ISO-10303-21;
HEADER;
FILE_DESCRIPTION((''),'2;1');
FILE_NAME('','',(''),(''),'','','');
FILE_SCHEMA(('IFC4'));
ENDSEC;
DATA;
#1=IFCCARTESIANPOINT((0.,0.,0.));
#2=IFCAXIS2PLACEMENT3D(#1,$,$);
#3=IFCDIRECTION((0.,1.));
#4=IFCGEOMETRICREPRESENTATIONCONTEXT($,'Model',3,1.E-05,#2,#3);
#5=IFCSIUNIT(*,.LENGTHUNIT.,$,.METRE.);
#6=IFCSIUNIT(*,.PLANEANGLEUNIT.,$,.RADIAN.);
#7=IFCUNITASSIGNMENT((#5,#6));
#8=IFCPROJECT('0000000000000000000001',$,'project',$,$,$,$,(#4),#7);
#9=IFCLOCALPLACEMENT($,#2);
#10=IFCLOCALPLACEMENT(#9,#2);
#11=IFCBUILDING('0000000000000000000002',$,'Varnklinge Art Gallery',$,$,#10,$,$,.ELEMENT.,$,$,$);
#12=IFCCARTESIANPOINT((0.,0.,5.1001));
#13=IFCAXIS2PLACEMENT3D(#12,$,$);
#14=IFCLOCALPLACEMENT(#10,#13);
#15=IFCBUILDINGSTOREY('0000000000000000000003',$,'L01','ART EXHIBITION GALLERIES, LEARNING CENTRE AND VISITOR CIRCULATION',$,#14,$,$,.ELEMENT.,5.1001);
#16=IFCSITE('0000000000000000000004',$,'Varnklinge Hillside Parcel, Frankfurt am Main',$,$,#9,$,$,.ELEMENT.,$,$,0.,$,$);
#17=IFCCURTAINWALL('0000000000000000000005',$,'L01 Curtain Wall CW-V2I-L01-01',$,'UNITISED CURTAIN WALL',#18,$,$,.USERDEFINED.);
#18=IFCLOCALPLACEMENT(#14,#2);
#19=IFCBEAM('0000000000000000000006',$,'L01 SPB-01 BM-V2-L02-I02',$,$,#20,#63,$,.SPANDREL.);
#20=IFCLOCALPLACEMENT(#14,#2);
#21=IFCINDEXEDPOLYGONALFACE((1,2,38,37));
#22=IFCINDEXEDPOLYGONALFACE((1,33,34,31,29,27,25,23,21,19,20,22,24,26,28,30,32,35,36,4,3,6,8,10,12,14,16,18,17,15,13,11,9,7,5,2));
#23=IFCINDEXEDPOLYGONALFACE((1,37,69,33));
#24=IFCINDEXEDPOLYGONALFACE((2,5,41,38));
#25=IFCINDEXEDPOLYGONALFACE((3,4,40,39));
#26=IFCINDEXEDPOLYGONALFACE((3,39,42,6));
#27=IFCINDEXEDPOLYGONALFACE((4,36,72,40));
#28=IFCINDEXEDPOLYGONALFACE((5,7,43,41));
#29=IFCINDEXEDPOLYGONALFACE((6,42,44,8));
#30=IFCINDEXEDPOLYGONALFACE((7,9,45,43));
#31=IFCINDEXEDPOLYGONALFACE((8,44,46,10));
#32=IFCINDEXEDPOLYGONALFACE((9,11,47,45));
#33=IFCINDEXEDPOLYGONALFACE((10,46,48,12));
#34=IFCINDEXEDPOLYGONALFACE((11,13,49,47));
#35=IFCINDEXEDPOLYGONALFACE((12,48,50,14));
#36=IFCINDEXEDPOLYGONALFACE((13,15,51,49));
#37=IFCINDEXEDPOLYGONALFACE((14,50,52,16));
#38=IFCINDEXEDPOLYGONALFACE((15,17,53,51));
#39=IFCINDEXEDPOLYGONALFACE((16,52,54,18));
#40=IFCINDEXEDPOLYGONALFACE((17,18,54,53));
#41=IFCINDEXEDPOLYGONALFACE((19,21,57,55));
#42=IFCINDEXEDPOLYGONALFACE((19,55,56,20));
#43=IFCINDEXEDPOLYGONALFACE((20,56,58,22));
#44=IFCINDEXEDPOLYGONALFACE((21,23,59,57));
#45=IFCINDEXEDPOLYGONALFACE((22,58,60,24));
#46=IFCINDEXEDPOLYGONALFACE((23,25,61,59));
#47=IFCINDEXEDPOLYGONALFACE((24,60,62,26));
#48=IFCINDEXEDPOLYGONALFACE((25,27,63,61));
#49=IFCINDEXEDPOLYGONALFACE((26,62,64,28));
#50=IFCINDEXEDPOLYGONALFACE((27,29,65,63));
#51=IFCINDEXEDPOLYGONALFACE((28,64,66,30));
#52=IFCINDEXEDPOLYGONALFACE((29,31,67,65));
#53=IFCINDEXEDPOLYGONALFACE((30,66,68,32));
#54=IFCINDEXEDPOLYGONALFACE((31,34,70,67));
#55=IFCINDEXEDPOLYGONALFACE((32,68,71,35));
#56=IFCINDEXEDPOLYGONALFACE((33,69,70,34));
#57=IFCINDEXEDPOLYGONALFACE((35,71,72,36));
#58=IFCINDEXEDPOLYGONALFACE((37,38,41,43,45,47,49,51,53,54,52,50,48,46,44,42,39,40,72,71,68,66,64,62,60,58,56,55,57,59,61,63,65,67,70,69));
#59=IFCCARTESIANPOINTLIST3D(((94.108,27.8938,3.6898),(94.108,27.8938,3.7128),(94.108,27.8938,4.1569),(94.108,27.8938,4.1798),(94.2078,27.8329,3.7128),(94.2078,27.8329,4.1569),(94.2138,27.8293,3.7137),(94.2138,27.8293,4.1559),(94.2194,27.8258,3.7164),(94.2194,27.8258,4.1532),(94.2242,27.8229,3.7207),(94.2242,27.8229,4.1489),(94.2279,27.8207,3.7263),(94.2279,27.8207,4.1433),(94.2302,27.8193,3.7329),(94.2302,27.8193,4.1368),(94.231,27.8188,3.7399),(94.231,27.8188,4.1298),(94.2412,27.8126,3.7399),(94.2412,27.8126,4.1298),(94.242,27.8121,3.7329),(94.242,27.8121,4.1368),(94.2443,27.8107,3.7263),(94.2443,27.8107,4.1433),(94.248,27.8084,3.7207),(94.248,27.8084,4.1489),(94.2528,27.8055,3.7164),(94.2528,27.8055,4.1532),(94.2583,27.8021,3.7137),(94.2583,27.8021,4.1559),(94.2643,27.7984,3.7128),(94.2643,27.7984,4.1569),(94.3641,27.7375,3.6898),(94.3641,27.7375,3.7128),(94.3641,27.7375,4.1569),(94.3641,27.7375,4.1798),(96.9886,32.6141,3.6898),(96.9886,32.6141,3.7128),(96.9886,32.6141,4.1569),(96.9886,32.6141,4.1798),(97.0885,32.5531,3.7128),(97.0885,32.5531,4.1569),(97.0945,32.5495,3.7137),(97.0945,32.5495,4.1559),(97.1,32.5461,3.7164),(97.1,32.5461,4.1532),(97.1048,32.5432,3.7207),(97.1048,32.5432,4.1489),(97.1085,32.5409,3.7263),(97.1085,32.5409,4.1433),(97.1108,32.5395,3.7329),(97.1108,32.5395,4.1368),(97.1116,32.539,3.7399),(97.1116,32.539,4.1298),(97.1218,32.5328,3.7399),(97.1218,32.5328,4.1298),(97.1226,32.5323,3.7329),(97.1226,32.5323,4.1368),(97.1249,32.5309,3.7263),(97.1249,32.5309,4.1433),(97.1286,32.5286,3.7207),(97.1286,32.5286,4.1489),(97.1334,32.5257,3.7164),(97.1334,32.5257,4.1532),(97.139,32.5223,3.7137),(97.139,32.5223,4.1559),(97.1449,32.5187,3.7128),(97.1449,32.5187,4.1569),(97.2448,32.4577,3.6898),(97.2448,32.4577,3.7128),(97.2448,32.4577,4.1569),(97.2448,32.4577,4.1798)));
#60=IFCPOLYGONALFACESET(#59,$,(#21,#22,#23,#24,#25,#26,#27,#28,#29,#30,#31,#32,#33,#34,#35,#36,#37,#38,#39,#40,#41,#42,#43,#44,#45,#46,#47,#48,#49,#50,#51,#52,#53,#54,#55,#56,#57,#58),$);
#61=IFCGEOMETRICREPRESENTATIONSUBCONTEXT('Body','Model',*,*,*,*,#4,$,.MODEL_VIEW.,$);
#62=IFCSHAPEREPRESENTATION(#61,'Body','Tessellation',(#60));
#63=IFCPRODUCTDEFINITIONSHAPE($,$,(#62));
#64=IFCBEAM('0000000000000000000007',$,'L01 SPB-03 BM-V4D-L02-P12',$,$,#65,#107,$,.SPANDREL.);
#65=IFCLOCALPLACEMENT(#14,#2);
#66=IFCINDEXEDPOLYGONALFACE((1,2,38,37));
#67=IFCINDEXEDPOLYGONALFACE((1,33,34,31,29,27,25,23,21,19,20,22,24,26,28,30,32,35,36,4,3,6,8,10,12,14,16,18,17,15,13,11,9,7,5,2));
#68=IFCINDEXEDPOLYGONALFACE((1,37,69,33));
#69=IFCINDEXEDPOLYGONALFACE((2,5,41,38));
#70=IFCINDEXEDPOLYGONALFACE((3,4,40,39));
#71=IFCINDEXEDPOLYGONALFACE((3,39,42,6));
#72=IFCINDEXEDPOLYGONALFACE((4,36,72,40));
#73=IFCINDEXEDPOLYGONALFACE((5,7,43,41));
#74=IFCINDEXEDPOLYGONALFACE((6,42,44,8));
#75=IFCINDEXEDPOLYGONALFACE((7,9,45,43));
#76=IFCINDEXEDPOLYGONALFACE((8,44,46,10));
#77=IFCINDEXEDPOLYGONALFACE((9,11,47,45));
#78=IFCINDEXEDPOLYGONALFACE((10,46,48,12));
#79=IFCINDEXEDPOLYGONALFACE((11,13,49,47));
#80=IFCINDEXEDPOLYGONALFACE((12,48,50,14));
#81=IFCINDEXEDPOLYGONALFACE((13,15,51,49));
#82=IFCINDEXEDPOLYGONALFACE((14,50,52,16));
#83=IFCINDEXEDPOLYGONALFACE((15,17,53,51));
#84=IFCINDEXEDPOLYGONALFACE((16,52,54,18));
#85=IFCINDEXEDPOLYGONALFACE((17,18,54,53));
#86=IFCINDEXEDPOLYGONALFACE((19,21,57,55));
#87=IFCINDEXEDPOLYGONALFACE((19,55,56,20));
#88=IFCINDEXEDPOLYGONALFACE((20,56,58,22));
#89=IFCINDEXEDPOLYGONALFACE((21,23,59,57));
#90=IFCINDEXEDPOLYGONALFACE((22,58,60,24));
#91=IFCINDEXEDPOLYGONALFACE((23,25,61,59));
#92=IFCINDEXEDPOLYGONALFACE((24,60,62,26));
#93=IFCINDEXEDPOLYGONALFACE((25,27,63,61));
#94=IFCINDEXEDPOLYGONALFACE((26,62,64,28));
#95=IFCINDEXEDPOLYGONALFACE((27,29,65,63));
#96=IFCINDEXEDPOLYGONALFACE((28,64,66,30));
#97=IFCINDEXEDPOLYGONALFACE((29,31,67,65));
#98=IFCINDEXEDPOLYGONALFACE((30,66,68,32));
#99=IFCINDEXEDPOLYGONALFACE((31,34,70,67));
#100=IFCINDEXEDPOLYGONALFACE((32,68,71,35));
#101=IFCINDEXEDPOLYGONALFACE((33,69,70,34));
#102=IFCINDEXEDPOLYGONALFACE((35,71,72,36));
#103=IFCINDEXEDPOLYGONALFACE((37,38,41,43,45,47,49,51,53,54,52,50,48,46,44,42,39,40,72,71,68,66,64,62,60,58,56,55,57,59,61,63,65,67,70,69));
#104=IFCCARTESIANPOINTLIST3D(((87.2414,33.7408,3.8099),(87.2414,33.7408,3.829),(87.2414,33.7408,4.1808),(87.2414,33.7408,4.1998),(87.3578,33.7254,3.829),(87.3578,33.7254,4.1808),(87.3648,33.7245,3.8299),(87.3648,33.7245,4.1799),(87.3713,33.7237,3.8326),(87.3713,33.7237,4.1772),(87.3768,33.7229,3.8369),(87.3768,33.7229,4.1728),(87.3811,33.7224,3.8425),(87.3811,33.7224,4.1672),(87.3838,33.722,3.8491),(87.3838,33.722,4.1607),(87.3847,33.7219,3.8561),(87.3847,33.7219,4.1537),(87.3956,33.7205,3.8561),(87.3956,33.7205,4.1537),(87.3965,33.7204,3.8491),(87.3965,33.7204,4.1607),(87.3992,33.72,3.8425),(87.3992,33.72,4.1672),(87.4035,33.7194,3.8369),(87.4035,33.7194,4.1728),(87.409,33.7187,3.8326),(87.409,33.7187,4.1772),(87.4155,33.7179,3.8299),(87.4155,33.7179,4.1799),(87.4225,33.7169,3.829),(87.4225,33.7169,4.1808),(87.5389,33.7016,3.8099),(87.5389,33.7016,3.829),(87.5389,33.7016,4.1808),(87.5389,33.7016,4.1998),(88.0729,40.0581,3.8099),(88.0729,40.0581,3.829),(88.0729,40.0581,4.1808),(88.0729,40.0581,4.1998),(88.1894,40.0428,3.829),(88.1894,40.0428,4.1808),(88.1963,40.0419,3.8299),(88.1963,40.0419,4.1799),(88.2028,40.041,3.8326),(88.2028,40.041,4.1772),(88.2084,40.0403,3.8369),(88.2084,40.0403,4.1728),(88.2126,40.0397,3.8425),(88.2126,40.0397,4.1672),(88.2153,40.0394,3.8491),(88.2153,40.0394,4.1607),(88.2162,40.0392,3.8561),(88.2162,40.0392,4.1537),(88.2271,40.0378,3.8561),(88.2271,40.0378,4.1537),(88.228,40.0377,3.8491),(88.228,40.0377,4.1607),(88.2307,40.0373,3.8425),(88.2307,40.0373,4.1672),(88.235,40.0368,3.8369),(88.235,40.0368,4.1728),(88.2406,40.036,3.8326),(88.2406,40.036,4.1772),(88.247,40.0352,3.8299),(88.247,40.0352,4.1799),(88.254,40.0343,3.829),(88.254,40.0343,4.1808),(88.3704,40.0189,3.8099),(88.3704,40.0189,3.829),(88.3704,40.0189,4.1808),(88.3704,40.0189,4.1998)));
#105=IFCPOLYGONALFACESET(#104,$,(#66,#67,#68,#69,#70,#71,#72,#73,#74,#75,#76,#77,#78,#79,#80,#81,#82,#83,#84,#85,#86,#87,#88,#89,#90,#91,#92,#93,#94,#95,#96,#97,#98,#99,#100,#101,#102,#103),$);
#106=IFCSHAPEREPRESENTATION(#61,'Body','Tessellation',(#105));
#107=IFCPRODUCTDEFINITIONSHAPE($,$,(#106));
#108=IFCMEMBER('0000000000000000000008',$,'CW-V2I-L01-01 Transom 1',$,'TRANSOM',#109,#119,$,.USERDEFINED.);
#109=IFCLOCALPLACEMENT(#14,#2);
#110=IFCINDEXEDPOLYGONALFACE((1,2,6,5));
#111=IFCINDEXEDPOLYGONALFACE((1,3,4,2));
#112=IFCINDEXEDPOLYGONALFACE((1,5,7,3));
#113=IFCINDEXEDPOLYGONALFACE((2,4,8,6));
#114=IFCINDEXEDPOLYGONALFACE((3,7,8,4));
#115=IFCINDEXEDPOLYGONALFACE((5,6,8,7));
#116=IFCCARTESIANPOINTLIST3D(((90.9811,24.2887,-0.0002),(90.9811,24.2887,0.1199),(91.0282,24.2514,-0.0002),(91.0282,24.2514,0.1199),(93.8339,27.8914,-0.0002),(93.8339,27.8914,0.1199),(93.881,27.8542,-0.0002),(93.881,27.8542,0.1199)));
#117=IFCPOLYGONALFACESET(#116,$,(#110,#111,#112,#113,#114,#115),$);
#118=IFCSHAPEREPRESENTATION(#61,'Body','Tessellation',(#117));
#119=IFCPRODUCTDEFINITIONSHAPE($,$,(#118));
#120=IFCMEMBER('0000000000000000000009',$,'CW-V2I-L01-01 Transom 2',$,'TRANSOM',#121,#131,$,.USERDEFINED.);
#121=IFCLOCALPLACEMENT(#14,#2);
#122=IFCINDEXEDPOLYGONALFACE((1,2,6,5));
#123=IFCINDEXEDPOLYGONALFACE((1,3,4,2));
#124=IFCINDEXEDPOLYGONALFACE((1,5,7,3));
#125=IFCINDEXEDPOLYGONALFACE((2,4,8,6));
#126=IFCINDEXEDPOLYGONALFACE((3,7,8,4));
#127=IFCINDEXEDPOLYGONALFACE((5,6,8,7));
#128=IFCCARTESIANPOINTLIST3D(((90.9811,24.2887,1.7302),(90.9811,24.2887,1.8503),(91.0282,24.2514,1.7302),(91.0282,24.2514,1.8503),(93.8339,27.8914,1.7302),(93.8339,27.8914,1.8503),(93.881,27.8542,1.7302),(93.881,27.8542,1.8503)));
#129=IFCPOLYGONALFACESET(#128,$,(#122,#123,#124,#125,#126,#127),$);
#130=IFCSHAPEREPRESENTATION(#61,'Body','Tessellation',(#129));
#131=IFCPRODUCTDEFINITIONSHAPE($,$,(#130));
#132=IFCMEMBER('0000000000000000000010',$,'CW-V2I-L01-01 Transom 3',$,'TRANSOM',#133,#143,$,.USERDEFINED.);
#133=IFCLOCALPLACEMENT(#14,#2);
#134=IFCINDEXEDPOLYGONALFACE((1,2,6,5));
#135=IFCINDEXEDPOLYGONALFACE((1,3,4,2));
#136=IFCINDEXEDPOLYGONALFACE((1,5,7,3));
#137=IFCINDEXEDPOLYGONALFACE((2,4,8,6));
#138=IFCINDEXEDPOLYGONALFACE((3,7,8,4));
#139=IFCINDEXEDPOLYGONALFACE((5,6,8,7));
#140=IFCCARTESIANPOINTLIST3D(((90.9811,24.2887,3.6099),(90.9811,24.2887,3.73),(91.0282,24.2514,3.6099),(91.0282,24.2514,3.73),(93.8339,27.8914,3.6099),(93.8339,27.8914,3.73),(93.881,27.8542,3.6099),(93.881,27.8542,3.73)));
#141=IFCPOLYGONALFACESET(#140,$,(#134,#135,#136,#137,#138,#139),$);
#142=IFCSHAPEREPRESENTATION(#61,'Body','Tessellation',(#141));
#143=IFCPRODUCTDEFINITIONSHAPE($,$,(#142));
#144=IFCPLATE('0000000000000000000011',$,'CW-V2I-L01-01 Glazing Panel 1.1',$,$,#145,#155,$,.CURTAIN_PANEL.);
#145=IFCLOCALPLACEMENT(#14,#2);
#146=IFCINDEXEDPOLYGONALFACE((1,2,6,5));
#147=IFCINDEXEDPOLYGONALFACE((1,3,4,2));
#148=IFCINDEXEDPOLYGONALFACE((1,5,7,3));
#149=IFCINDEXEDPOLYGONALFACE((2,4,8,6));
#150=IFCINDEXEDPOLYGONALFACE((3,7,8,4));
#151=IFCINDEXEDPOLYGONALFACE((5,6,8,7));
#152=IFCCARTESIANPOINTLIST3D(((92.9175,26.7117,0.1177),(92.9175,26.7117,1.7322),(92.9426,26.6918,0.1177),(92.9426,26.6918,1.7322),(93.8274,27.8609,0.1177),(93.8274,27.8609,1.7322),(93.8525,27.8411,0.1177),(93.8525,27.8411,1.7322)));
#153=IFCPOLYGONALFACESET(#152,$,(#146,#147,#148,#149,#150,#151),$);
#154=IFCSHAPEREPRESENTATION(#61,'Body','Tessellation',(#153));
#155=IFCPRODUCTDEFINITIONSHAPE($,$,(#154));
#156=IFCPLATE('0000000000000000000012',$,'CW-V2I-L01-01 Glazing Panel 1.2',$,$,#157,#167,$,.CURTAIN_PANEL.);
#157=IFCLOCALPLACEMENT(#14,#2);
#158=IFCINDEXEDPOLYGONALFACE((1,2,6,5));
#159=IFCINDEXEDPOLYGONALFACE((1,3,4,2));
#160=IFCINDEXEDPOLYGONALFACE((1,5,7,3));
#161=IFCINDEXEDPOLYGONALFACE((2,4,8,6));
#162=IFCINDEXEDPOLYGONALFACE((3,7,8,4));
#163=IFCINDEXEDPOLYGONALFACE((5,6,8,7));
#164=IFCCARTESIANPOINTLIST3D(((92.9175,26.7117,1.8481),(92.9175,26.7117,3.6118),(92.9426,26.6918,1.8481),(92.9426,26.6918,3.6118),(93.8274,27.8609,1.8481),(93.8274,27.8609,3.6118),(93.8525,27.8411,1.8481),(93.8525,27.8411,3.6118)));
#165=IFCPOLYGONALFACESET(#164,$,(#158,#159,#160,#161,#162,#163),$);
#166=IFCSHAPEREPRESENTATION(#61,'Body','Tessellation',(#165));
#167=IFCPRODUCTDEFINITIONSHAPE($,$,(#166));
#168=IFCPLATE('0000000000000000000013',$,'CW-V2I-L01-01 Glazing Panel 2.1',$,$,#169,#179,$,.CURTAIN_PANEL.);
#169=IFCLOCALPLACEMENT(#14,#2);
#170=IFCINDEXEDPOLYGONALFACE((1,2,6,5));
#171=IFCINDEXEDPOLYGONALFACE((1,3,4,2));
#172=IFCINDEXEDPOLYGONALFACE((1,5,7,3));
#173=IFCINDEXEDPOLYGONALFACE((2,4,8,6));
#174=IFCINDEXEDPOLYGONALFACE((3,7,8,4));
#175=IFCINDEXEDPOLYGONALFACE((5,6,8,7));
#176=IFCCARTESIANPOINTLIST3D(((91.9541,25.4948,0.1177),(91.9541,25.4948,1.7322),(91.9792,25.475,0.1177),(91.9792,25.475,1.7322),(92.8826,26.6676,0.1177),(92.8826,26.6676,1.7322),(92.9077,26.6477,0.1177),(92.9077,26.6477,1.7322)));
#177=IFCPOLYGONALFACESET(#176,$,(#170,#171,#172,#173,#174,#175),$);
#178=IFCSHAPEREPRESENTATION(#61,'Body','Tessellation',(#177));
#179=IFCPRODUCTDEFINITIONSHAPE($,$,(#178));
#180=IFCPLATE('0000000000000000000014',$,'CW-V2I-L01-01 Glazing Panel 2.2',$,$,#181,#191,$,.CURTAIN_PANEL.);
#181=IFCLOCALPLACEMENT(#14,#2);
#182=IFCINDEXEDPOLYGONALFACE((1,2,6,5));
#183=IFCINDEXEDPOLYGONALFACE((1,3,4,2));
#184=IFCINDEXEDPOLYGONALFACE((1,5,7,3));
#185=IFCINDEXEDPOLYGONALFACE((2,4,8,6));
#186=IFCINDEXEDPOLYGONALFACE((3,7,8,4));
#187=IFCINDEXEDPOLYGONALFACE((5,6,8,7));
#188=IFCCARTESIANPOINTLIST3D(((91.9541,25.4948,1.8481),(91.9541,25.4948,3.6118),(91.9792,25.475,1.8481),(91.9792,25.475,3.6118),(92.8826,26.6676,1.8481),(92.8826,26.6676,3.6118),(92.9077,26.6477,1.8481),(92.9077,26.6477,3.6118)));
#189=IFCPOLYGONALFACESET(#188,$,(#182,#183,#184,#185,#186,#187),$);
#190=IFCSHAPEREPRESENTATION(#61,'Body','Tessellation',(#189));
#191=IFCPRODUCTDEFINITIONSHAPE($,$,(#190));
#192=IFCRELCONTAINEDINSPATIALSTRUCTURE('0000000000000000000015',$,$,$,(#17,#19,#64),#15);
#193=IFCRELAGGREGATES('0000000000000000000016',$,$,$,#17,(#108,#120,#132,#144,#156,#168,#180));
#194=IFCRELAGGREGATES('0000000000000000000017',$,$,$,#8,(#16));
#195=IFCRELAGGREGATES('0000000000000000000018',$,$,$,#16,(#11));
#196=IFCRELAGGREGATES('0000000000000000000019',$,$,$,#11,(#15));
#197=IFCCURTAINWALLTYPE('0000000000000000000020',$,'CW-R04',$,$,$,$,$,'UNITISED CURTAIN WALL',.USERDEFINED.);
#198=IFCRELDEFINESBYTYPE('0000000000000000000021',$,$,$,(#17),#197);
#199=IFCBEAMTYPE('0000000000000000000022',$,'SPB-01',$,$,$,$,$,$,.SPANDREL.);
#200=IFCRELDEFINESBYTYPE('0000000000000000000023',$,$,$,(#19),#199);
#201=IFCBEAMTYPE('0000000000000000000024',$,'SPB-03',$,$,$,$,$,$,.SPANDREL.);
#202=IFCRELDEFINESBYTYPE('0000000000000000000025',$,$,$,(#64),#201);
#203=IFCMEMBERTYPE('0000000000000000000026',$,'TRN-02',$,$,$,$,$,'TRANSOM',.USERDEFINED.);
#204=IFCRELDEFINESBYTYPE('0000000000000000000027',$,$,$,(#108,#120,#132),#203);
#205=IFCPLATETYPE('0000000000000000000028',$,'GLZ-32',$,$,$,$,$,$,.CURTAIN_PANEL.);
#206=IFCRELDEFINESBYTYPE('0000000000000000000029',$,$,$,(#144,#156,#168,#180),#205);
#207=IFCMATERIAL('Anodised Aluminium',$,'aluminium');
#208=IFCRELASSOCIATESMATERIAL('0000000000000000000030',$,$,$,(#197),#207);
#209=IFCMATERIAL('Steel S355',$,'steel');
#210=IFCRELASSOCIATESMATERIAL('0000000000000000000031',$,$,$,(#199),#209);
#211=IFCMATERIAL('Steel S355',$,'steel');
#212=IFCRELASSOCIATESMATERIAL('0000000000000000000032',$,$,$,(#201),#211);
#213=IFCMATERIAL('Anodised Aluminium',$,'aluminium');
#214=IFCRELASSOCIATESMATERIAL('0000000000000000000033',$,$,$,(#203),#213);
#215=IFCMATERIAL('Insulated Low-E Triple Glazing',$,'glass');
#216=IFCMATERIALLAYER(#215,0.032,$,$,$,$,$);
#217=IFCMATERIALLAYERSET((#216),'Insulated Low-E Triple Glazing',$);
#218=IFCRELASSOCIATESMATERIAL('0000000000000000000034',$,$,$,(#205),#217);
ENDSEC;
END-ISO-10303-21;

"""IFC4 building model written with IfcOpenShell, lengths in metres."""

from ifc_helpers import new_model, si_unit, direction, frame, origin, origin_2d, place, context, subcontext, project, spatial, rectangle, i_section, extrude, material, layer, layer_set, material_profile, profile_set, type_object, element, aggregate, save


model = new_model("IFC4")

# Units and contexts
model_context = context("Model", 3, precision=1e-05, world=origin(), true_north=direction((0.0, 1.0)))
body_context = subcontext(model_context, "Body", "Model", "MODEL_VIEW")
ifc_project = project(units=[si_unit("LENGTHUNIT", "METRE"), si_unit("PLANEANGLEUNIT", "RADIAN")], contexts=[model_context])

# Site, building, storey
site_placement = place(None, origin())
site = spatial("IfcSite", under=ifc_project, at=site_placement, Name="Varnklinge Hillside Parcel, Frankfurt am Main", CompositionType="ELEMENT", RefElevation=0.0)
building_placement = place(site_placement, origin())
building = spatial("IfcBuilding", under=site, at=building_placement, Name="Varnklinge Art Gallery", CompositionType="ELEMENT")
storey_placement = place(building_placement, frame((0.0, 0.0, 5.1001)))
storey = spatial("IfcBuildingStorey", under=building, at=storey_placement, Name="L01", Description="ART EXHIBITION GALLERIES, LEARNING CENTRE AND VISITOR CIRCULATION", CompositionType="ELEMENT", Elevation=5.1001)

# Curtain wall
ifc_material_1 = material(Name="Anodised Aluminium", Category="aluminium")
curtain_wall_type = type_object("IfcCurtainWallType", Name="CW-R04", ElementType="UNITISED CURTAIN WALL", PredefinedType="USERDEFINED", material=ifc_material_1)
curtain_wall_1_placement = place(storey_placement, origin())
curtain_wall_1 = element("IfcCurtainWall", 1, at=curtain_wall_1_placement, inside=storey, type_object=curtain_wall_type, Name="L01 Curtain Wall CW-V2I-L01-01", ObjectType="UNITISED CURTAIN WALL", PredefinedType="USERDEFINED")

# Beams
ifc_material_2 = material(Name="Steel S355", Category="steel")
ifc_material_profile_1 = material_profile(ifc_material_2, i_section(OverallWidth=0.3, OverallDepth=0.49, WebThickness=0.012, FlangeThickness=0.0229, FilletRadius=0.0271, at=origin_2d()), Name="HEA 500")
ifc_profile_set_1 = profile_set([ifc_material_profile_1], Name="Steel S355")
beam_type_1 = type_object("IfcBeamType", Name="SPB-01", PredefinedType="SPANDREL", material=ifc_profile_set_1)
beam_1_placement = place(storey_placement, frame((94.2361, 27.8157, 3.9348), z_axis=(0.520928, 0.8536, 0.0), x_axis=(-0.8536, 0.520928, 0.0)))
element("IfcBeam", 2, at=beam_1_placement, inside=storey, type_object=beam_type_1, Name="L01 SPB-01 BM-V2-L02-I02", PredefinedType="SPANDREL", context=body_context, shape_type="SweptSolid", body=[
    extrude(i_section(OverallWidth=0.3, OverallDepth=0.49, WebThickness=0.012, FlangeThickness=0.0229, FilletRadius=0.0271, at=origin_2d()), origin(), (0.0, 0.0, 1.0), 5.5298),
])
ifc_material_3 = material(Name="Steel S355", Category="steel")
ifc_material_profile_2 = material_profile(ifc_material_3, i_section(OverallWidth=0.3, OverallDepth=0.3899, WebThickness=0.011, FlangeThickness=0.019, FilletRadius=0.0271, at=origin_2d()), Name="HEA 400")
ifc_profile_set_2 = profile_set([ifc_material_profile_2], Name="Steel S355")
beam_type_2 = type_object("IfcBeamType", Name="SPB-03", PredefinedType="SPANDREL", material=ifc_profile_set_2)
beam_2_placement = place(storey_placement, frame((87.3901, 33.7212, 4.0049), z_axis=(0.130502, 0.991448, 0.0), x_axis=(-0.991448, 0.130502, 0.0)))
element("IfcBeam", 3, at=beam_2_placement, inside=storey, type_object=beam_type_2, Name="L01 SPB-03 BM-V4D-L02-P12", PredefinedType="SPANDREL", context=body_context, shape_type="SweptSolid", body=[
    extrude(i_section(OverallWidth=0.3, OverallDepth=0.3899, WebThickness=0.011, FlangeThickness=0.019, FilletRadius=0.0271, at=origin_2d()), origin(), (0.0, 0.0, 1.0), 6.3718),
])

# Members
ifc_material_4 = material(Name="Anodised Aluminium", Category="aluminium")
ifc_material_profile_3 = material_profile(ifc_material_4, rectangle(XDim=0.0601, YDim=0.1201, at=origin_2d()), Name="ALU 60x120")
ifc_profile_set_3 = profile_set([ifc_material_profile_3], Name="Anodised Aluminium")
member_type_1 = type_object("IfcMemberType", Name="TRN-02", ElementType="TRANSOM", PredefinedType="USERDEFINED", material=ifc_profile_set_3)
member_1_placement = place(storey_placement, frame((93.8574, 27.8728, 0.0598), z_axis=(-0.620781, -0.783984, 0.0), x_axis=(0.783984, -0.620781, 0.0)))
member_1 = element("IfcMember", 4, at=member_1_placement, type_object=member_type_1, Name="CW-V2I-L01-01 Transom 1", ObjectType="TRANSOM", PredefinedType="USERDEFINED", context=body_context, shape_type="SweptSolid", body=[
    extrude(rectangle(XDim=0.0601, YDim=0.1201, at=origin_2d()), origin(), (0.0, 0.0, 1.0), 4.5955),
])
member_2_placement = place(storey_placement, frame((93.8574, 27.8728, 1.7903), z_axis=(-0.620781, -0.783984, 0.0), x_axis=(0.783984, -0.620781, 0.0)))
member_2 = element("IfcMember", 5, at=member_2_placement, type_object=member_type_1, Name="CW-V2I-L01-01 Transom 2", ObjectType="TRANSOM", PredefinedType="USERDEFINED", context=body_context, shape_type="SweptSolid", body=[
    extrude(rectangle(XDim=0.0601, YDim=0.1201, at=origin_2d()), origin(), (0.0, 0.0, 1.0), 4.5955),
])
member_3_placement = place(storey_placement, frame((93.8574, 27.8728, 3.6699), z_axis=(-0.620781, -0.783984, 0.0), x_axis=(0.783984, -0.620781, 0.0)))
member_3 = element("IfcMember", 6, at=member_3_placement, type_object=member_type_1, Name="CW-V2I-L01-01 Transom 3", ObjectType="TRANSOM", PredefinedType="USERDEFINED", context=body_context, shape_type="SweptSolid", body=[
    extrude(rectangle(XDim=0.0601, YDim=0.1201, at=origin_2d()), origin(), (0.0, 0.0, 1.0), 4.5955),
])

# Plates
ifc_material_5 = material(Name="Insulated Low-E Triple Glazing", Category="glass")
ifc_layer_1 = layer(ifc_material_5, 0.032)
ifc_layer_set_1 = layer_set([ifc_layer_1], Name="Insulated Low-E Triple Glazing")
plate_type_1 = type_object("IfcPlateType", Name="GLZ-32", PredefinedType="CURTAIN_PANEL", material=ifc_layer_set_1)
plate_1_placement = place(storey_placement, frame((93.385, 27.2764, 0.1177), z_axis=(0.0, 0.0, 1.0), x_axis=(-0.620737, -0.784019, 0.0)))
plate_1 = element("IfcPlate", 7, at=plate_1_placement, type_object=plate_type_1, Name="CW-V2I-L01-01 Glazing Panel 1.1", PredefinedType="CURTAIN_PANEL", context=body_context, shape_type="SweptSolid", body=[
    extrude(rectangle(XDim=1.4658, YDim=0.032, at=origin_2d()), origin(), (0.0, 0.0, 1.0), 1.6145),
])
plate_2_placement = place(storey_placement, frame((93.385, 27.2764, 1.8481), z_axis=(0.0, 0.0, 1.0), x_axis=(-0.620737, -0.784019, 0.0)))
plate_2 = element("IfcPlate", 8, at=plate_2_placement, type_object=plate_type_1, Name="CW-V2I-L01-01 Glazing Panel 1.2", PredefinedType="CURTAIN_PANEL", context=body_context, shape_type="SweptSolid", body=[
    extrude(rectangle(XDim=1.4658, YDim=0.032, at=origin_2d()), origin(), (0.0, 0.0, 1.0), 1.7637),
])
plate_3_placement = place(storey_placement, frame((92.4309, 26.0713, 0.1177), z_axis=(0.0, 0.0, 1.0), x_axis=(-0.620737, -0.784019, 0.0)))
plate_3 = element("IfcPlate", 9, at=plate_3_placement, type_object=plate_type_1, Name="CW-V2I-L01-01 Glazing Panel 2.1", PredefinedType="CURTAIN_PANEL", context=body_context, shape_type="SweptSolid", body=[
    extrude(rectangle(XDim=1.4958, YDim=0.032, at=origin_2d()), origin(), (0.0, 0.0, 1.0), 1.6145),
])
plate_4_placement = place(storey_placement, frame((92.4309, 26.0713, 1.8481), z_axis=(0.0, 0.0, 1.0), x_axis=(-0.620737, -0.784019, 0.0)))
plate_4 = element("IfcPlate", 10, at=plate_4_placement, type_object=plate_type_1, Name="CW-V2I-L01-01 Glazing Panel 2.2", PredefinedType="CURTAIN_PANEL", context=body_context, shape_type="SweptSolid", body=[
    extrude(rectangle(XDim=1.4958, YDim=0.032, at=origin_2d()), origin(), (0.0, 0.0, 1.0), 1.7637),
])
aggregate(curtain_wall_1, [member_1, member_2, member_3, plate_1, plate_2, plate_3, plate_4])

save(model, "model.ifc")
